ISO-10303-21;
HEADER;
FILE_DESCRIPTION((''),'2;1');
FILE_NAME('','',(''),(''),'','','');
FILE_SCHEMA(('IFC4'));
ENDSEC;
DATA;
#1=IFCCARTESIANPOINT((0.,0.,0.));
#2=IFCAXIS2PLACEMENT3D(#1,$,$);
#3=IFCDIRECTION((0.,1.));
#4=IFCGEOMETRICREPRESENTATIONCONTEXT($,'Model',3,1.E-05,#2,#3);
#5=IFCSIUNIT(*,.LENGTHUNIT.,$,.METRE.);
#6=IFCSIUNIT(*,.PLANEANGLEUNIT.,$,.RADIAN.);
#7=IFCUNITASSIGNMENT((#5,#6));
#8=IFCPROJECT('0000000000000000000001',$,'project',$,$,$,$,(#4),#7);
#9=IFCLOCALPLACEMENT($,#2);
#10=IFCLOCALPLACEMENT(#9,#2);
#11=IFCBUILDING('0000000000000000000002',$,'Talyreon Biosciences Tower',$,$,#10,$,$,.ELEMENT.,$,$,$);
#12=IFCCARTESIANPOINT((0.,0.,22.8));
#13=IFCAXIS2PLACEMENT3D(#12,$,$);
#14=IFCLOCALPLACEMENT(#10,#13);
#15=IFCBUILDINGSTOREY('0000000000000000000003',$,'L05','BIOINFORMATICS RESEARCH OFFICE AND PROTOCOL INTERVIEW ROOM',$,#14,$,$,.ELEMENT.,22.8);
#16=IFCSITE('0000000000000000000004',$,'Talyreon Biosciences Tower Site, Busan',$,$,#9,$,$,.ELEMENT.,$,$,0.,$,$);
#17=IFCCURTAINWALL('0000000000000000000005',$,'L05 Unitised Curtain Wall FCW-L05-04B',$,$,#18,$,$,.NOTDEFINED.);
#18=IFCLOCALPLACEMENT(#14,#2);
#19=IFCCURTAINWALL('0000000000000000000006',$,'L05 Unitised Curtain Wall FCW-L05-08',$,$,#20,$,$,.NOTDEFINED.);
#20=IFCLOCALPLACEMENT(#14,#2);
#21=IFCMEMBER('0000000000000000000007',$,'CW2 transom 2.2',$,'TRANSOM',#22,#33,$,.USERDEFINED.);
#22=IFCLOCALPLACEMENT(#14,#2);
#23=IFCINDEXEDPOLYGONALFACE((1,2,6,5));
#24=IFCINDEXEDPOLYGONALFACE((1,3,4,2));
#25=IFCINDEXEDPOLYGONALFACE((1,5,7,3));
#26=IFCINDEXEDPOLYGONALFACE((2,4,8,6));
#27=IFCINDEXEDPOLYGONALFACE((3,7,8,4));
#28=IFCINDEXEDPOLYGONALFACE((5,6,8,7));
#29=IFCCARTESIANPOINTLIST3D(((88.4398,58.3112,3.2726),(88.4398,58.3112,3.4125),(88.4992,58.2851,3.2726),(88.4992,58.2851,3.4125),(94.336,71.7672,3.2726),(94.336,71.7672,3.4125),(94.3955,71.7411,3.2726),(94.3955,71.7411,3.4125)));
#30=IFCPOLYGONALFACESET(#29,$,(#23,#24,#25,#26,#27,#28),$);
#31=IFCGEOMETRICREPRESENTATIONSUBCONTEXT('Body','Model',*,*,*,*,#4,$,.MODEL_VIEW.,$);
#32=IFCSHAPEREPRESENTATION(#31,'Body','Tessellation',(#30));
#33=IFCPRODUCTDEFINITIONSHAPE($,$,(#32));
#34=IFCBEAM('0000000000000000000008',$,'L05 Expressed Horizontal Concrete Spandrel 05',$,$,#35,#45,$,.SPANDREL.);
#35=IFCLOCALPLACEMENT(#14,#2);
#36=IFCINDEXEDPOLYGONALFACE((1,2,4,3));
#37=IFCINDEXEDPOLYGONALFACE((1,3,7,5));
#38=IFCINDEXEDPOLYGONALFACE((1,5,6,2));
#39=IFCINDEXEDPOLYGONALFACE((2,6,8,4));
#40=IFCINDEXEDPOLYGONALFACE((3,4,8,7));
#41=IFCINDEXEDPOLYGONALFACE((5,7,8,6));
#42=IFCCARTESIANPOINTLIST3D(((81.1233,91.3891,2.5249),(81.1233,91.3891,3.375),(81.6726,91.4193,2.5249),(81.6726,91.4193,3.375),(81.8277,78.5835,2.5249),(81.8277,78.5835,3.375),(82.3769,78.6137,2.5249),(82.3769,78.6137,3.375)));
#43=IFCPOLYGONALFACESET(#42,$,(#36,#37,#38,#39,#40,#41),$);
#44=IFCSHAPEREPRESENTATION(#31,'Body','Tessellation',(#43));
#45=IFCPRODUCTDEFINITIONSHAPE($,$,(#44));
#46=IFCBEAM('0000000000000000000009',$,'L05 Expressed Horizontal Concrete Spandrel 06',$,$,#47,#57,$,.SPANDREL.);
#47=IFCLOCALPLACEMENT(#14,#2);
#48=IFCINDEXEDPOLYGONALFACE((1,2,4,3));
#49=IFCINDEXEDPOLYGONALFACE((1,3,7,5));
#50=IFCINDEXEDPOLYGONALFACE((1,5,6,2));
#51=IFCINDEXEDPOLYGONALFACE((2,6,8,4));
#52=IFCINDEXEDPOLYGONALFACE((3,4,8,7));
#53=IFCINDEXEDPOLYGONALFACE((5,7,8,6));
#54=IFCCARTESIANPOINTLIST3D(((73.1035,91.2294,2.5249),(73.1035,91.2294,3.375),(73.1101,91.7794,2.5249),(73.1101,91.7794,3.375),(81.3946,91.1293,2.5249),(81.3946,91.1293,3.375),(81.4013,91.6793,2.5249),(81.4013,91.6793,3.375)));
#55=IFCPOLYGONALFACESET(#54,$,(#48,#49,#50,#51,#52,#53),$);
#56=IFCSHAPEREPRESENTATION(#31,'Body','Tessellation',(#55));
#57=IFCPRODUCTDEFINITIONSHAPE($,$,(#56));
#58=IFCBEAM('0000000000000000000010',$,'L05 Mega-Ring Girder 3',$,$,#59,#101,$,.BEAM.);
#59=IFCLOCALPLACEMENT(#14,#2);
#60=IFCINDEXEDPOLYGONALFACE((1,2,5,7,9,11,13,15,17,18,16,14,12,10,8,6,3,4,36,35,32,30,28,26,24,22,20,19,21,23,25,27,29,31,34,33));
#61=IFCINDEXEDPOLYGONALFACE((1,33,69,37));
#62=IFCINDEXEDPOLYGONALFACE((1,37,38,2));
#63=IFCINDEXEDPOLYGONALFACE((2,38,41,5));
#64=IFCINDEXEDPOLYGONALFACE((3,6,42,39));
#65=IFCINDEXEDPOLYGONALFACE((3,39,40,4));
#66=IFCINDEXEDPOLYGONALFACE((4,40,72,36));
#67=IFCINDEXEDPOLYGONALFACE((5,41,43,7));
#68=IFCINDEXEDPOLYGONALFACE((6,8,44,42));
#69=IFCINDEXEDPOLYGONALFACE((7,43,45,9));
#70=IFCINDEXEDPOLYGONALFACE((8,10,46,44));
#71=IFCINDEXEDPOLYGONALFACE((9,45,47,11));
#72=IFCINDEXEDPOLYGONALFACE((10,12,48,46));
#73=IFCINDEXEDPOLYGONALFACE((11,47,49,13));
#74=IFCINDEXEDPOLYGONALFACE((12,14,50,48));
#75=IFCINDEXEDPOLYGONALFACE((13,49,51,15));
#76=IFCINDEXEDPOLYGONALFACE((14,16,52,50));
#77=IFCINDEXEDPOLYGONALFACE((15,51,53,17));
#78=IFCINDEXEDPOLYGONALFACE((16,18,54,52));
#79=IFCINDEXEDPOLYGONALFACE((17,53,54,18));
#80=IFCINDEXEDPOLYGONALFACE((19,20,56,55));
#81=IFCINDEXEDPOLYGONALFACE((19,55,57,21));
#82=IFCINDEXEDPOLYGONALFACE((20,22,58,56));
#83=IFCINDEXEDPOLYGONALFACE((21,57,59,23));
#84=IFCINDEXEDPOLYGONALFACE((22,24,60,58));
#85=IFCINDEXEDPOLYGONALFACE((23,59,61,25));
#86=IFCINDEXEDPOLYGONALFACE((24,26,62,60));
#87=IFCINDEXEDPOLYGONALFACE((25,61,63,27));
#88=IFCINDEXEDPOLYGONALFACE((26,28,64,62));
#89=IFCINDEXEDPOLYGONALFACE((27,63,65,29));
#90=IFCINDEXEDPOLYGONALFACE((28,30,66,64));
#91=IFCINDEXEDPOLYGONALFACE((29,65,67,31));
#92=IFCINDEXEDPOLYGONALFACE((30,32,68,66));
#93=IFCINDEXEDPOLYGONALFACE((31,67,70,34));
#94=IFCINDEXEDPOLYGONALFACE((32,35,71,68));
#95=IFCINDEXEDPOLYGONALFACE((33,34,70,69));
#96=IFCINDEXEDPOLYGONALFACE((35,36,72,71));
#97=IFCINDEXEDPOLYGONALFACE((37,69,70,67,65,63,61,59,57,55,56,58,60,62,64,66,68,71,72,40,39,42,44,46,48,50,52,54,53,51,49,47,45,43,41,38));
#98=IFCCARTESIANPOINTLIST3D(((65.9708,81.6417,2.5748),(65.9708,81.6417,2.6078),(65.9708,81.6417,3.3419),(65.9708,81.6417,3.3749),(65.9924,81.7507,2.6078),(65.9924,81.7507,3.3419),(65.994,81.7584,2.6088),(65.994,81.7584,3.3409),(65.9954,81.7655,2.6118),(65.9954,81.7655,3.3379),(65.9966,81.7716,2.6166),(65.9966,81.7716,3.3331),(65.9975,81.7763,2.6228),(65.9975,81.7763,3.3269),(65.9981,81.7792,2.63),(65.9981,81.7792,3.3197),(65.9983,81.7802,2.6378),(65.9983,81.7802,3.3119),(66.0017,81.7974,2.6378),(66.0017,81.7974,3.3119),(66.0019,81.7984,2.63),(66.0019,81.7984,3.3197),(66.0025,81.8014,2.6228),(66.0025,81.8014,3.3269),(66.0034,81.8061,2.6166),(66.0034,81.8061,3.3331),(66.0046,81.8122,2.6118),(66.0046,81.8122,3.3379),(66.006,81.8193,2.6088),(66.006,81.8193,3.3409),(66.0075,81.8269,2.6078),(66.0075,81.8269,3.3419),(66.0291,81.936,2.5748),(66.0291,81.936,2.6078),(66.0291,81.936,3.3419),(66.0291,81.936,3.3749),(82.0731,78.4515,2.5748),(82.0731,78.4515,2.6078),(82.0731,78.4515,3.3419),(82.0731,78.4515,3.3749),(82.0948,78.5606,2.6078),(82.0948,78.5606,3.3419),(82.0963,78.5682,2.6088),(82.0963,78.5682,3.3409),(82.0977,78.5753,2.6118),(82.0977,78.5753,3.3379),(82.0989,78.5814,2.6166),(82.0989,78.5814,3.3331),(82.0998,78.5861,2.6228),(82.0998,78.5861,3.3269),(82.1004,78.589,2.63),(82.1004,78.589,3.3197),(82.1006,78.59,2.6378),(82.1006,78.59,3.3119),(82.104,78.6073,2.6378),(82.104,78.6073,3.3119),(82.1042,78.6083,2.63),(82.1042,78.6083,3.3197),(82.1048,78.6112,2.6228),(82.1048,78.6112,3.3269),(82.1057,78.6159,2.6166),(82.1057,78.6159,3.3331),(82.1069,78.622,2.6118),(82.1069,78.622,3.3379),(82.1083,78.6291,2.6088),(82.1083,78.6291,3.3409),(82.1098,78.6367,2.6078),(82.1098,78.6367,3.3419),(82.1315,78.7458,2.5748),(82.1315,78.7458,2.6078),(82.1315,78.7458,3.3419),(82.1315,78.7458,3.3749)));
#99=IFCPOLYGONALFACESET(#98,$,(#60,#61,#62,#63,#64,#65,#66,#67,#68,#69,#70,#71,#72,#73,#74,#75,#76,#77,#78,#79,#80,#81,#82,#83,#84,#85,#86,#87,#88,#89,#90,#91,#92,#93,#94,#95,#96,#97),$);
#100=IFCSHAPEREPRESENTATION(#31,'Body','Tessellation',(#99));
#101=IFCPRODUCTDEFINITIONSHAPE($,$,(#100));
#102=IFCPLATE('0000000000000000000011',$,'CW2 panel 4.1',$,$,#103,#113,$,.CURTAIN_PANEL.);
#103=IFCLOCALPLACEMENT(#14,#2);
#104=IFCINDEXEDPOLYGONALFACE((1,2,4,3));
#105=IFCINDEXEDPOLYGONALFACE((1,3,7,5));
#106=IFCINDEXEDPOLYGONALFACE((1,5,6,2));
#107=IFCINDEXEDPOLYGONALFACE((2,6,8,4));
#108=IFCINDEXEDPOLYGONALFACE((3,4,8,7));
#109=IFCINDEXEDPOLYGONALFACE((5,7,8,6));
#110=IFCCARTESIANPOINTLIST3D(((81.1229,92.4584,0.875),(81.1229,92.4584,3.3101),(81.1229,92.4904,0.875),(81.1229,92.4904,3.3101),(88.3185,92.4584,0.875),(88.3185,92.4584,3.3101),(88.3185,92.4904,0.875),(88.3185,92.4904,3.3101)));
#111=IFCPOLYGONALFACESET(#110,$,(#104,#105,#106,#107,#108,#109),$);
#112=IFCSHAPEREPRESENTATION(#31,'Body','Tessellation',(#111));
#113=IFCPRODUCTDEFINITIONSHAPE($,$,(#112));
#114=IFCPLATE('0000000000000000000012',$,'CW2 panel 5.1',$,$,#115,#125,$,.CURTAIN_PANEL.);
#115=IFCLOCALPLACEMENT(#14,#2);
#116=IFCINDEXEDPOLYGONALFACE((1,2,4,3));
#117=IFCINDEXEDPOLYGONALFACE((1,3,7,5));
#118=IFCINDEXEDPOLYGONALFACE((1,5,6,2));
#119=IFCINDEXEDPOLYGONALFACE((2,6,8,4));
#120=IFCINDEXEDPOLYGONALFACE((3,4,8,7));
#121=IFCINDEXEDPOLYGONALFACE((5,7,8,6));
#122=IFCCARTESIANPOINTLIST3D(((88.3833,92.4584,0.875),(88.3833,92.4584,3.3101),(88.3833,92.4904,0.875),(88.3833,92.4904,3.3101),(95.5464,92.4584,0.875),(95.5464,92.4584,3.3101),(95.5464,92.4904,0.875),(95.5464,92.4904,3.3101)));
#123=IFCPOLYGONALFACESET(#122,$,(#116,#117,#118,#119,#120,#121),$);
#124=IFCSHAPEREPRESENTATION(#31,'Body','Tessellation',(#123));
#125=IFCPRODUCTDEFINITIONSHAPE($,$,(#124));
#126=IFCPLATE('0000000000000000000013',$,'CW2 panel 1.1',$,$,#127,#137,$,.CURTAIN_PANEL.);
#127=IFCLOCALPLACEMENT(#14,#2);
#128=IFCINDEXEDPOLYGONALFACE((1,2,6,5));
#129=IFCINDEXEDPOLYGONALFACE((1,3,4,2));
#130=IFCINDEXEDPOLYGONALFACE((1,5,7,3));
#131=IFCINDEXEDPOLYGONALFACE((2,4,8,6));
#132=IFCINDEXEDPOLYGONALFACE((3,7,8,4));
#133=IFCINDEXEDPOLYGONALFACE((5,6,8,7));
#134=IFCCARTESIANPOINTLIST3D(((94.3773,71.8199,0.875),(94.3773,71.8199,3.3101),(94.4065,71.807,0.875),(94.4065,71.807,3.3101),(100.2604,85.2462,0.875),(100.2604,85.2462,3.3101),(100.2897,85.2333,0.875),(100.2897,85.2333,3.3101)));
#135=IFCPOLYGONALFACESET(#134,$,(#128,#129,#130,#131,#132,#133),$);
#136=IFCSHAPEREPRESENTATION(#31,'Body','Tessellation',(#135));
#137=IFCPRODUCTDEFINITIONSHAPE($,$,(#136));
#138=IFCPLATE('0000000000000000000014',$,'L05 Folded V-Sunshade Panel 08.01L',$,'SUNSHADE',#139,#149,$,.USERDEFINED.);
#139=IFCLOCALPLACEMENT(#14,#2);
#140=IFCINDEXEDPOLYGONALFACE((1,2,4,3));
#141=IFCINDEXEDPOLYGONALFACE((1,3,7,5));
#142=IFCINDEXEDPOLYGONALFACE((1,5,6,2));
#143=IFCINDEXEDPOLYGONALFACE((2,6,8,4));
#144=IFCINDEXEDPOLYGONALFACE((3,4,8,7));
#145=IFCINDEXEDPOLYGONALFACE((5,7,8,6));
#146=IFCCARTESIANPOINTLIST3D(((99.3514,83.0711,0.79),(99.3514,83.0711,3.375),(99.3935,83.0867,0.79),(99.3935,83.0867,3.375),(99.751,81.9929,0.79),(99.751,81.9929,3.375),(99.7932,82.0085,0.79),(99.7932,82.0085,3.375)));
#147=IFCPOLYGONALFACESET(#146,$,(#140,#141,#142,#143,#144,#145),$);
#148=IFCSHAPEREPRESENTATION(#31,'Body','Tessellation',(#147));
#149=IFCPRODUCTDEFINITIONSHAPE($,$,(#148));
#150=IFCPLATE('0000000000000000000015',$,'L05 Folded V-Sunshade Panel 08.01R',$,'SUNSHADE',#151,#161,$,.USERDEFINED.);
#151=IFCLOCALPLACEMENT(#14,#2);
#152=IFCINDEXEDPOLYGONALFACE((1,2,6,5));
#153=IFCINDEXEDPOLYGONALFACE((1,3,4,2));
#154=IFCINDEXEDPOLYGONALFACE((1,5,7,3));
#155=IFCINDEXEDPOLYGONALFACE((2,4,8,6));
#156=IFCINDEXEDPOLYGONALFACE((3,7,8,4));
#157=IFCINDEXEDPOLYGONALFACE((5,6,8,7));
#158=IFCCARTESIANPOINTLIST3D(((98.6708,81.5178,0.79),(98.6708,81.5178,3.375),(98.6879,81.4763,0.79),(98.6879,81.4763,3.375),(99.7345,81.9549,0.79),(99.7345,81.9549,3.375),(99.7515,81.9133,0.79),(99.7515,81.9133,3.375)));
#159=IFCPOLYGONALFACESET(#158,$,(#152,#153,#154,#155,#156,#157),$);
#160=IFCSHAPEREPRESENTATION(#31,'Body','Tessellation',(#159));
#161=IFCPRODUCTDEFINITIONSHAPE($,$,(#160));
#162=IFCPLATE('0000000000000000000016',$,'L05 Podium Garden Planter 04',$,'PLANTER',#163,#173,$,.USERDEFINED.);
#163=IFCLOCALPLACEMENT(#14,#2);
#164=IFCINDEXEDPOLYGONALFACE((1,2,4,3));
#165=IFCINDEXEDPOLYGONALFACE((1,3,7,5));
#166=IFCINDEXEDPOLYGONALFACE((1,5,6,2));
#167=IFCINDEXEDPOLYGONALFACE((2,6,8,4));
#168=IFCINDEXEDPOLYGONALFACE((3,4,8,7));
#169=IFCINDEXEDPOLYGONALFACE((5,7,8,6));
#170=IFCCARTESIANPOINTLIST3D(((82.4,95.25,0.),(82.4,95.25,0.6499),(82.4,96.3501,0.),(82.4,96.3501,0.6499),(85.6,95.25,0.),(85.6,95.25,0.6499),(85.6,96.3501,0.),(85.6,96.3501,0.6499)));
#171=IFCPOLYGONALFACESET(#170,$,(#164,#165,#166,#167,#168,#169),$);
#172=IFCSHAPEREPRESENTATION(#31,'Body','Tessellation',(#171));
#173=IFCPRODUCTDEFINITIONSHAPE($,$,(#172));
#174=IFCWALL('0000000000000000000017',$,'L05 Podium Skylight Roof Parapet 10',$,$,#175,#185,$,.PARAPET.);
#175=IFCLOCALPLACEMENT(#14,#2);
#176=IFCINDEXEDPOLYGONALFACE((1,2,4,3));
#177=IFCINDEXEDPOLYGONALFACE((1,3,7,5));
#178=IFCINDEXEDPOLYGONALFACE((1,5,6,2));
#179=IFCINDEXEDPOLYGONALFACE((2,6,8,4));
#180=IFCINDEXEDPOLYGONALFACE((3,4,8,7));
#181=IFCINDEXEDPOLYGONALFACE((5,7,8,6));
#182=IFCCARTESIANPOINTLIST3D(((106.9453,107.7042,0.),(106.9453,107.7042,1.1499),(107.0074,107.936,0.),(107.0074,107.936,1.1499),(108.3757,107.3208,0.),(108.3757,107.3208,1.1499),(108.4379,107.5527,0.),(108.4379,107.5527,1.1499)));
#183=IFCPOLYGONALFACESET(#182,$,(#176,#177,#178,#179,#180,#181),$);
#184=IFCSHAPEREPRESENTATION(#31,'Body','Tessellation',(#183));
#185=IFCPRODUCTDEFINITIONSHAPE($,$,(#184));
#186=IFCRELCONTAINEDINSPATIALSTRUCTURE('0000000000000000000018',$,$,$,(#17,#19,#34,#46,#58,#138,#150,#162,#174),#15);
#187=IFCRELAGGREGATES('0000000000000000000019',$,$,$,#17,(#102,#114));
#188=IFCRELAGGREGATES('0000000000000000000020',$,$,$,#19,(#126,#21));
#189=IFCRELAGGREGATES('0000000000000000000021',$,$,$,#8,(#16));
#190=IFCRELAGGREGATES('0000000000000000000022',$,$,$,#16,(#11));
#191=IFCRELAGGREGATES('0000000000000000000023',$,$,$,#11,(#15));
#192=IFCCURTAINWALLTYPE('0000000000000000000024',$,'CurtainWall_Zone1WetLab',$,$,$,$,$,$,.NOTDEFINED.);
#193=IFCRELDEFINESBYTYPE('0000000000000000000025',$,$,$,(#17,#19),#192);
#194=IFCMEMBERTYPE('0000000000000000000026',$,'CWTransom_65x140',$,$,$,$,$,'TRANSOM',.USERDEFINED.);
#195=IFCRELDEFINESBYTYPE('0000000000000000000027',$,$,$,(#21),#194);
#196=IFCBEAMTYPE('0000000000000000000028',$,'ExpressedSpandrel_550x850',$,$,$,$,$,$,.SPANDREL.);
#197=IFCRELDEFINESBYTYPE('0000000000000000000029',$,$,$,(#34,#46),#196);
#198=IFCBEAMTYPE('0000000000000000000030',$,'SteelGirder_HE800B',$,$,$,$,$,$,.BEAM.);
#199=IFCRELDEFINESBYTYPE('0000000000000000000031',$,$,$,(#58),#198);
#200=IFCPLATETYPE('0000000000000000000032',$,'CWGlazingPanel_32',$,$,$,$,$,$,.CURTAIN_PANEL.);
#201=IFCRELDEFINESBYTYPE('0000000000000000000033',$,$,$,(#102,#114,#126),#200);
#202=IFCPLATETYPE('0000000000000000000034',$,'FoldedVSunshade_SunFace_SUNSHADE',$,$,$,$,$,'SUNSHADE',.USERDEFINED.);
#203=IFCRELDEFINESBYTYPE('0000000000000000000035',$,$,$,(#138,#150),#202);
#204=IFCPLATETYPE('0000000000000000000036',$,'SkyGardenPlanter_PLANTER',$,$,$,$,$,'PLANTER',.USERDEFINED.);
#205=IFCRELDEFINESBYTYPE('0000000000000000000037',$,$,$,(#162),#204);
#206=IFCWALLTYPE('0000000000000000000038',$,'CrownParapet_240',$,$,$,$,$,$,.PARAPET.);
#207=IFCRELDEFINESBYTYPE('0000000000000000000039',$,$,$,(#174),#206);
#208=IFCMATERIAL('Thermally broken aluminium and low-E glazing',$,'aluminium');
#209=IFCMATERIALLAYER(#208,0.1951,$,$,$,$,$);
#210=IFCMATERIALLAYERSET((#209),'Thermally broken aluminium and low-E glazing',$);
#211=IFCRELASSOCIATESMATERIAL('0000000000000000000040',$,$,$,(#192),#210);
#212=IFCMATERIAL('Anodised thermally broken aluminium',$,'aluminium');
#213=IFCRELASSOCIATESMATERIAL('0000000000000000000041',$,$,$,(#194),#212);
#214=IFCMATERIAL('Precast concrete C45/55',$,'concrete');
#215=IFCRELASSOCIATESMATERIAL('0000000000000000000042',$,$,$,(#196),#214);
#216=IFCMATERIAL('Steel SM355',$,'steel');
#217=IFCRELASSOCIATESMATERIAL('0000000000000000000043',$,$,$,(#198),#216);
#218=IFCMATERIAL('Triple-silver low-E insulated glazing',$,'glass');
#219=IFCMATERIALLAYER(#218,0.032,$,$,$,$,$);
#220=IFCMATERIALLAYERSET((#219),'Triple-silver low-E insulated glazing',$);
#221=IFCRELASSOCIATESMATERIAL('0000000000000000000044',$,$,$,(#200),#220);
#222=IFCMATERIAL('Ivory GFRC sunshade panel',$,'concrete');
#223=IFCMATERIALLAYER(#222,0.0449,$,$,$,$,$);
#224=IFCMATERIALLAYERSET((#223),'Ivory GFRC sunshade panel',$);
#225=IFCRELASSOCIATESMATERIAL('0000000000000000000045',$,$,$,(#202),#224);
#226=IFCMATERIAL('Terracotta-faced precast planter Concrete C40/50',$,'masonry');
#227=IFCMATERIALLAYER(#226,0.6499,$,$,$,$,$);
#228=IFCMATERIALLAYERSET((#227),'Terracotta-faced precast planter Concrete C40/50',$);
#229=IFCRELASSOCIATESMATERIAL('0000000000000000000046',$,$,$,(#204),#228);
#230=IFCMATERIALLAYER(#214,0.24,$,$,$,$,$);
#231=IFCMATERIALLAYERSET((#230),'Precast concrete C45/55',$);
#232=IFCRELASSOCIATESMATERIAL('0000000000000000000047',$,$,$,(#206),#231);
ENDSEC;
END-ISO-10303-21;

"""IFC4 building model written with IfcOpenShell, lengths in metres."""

from ifc_helpers import new_model, si_unit, direction, frame, frame_2d, origin, origin_2d, place, context, subcontext, project, spatial, rectangle, i_section, extrude, material, layer, layer_set, material_profile, profile_set, type_object, element, aggregate, save


model = new_model("IFC4")

# Units and contexts
model_context = context("Model", 3, precision=1e-05, world=origin(), true_north=direction((0.0, 1.0)))
body_context = subcontext(model_context, "Body", "Model", "MODEL_VIEW")
ifc_project = project(units=[si_unit("LENGTHUNIT", "METRE"), si_unit("PLANEANGLEUNIT", "RADIAN")], contexts=[model_context])

# Site, building, storey
site_placement = place(None, origin())
site = spatial("IfcSite", under=ifc_project, at=site_placement, Name="Talyreon Biosciences Tower Site, Busan", CompositionType="ELEMENT", RefElevation=0.0)
building_placement = place(site_placement, origin())
building = spatial("IfcBuilding", under=site, at=building_placement, Name="Talyreon Biosciences Tower", CompositionType="ELEMENT")
storey_placement = place(building_placement, frame((0.0, 0.0, 22.8)))
storey = spatial("IfcBuildingStorey", under=building, at=storey_placement, Name="L05", Description="BIOINFORMATICS RESEARCH OFFICE AND PROTOCOL INTERVIEW ROOM", CompositionType="ELEMENT", Elevation=22.8)

# Curtain walls
ifc_material_1 = material(Name="Thermally broken aluminium and low-E glazing", Category="aluminium")
ifc_layer_1 = layer(ifc_material_1, 0.1951)
ifc_layer_set_1 = layer_set([ifc_layer_1], Name="Thermally broken aluminium and low-E glazing")
curtain_wall_type = type_object("IfcCurtainWallType", Name="CurtainWall_Zone1WetLab", PredefinedType="NOTDEFINED", material=ifc_layer_set_1)
curtain_wall_1_placement = place(storey_placement, origin())
curtain_wall_1 = element("IfcCurtainWall", 1, at=curtain_wall_1_placement, inside=storey, type_object=curtain_wall_type, Name="L05 Unitised Curtain Wall FCW-L05-04B", PredefinedType="NOTDEFINED")
ifc_material_2 = material(Name="Anodised thermally broken aluminium", Category="aluminium")
curtain_wall_2_placement = place(storey_placement, origin())
curtain_wall_2 = element("IfcCurtainWall", 2, at=curtain_wall_2_placement, inside=storey, type_object=curtain_wall_type, Name="L05 Unitised Curtain Wall FCW-L05-08", PredefinedType="NOTDEFINED")

# Member
ifc_material_profile_1 = material_profile(ifc_material_2, rectangle(XDim=0.0649, YDim=0.1399, at=origin_2d()), Name="ALUM TRANSOM 65x140")
ifc_profile_set_1 = profile_set([ifc_material_profile_1], Name="Anodised thermally broken aluminium")
member_type_1 = type_object("IfcMemberType", Name="CWTransom_65x140", ElementType="TRANSOM", PredefinedType="USERDEFINED", material=ifc_profile_set_1)
member_1_placement = place(storey_placement, frame((94.3657, 71.7542, 3.3425), z_axis=(-0.401345, -0.915927, 0.0), x_axis=(0.915927, -0.401345, 0.0)))
member_1 = element("IfcMember", 3, at=member_1_placement, type_object=member_type_1, Name="CW2 transom 2.2", ObjectType="TRANSOM", PredefinedType="USERDEFINED", context=body_context, shape_type="SweptSolid", body=[
    extrude(rectangle(XDim=0.0649, YDim=0.1399, at=origin_2d()), origin(), (0.0, 0.0, 1.0), 14.6912),
])

# Beams
ifc_material_3 = material(Name="Precast concrete C45/55", Category="concrete")
ifc_material_profile_2 = material_profile(ifc_material_3, rectangle(XDim=0.55, YDim=0.8501, at=origin_2d()), Name="RCB 550x850")
ifc_profile_set_2 = profile_set([ifc_material_profile_2], Name="Precast concrete C45/55")
beam_type_1 = type_object("IfcBeamType", Name="ExpressedSpandrel_550x850", PredefinedType="SPANDREL", material=ifc_profile_set_2)
beam_1_placement = place(storey_placement, frame((82.1023, 78.5986, 2.95), z_axis=(-0.05492, 0.998491, 0.0), x_axis=(-0.998491, -0.05492, 0.0)))
element("IfcBeam", 4, at=beam_1_placement, inside=storey, type_object=beam_type_1, Name="L05 Expressed Horizontal Concrete Spandrel 05", PredefinedType="SPANDREL", context=body_context, shape_type="SweptSolid", body=[
    extrude(rectangle(XDim=0.55, YDim=0.8501, at=origin_2d()), origin(), (0.0, 0.0, 1.0), 12.825),
])
beam_2_placement = place(storey_placement, frame((81.3979, 91.4043, 2.95), z_axis=(-0.999927, 0.012072, 0.0), x_axis=(-0.012072, -0.999927, 0.0)))
element("IfcBeam", 5, at=beam_2_placement, inside=storey, type_object=beam_type_1, Name="L05 Expressed Horizontal Concrete Spandrel 06", PredefinedType="SPANDREL", context=body_context, shape_type="SweptSolid", body=[
    extrude(rectangle(XDim=0.55, YDim=0.8501, at=origin_2d()), origin(), (0.0, 0.0, 1.0), 8.2917),
])
ifc_material_4 = material(Name="Steel SM355", Category="steel")
ifc_material_profile_3 = material_profile(ifc_material_4, i_section(OverallWidth=0.3, OverallDepth=0.8, WebThickness=0.0176, FlangeThickness=0.033, FilletRadius=0.03, at=origin_2d()), Name="HE800B")
ifc_profile_set_3 = profile_set([ifc_material_profile_3], Name="Steel SM355")
beam_type_2 = type_object("IfcBeamType", Name="SteelGirder_HE800B", PredefinedType="BEAM", material=ifc_profile_set_3)
beam_3_placement = place(storey_placement, frame((82.1023, 78.5986, 2.9749), z_axis=(-0.980934, 0.194343, 0.0), x_axis=(-0.194343, -0.980934, 0.0)))
element("IfcBeam", 6, at=beam_3_placement, inside=storey, type_object=beam_type_2, Name="L05 Mega-Ring Girder 3", PredefinedType="BEAM", context=body_context, shape_type="SweptSolid", body=[
    extrude(i_section(OverallWidth=0.3, OverallDepth=0.8, WebThickness=0.0176, FlangeThickness=0.033, FilletRadius=0.03, at=origin_2d()), origin(), (0.0, 0.0, 1.0), 16.4153),
])

# Plates
ifc_material_5 = material(Name="Triple-silver low-E insulated glazing", Category="glass")
ifc_layer_2 = layer(ifc_material_5, 0.032)
ifc_layer_set_2 = layer_set([ifc_layer_2], Name="Triple-silver low-E insulated glazing")
plate_type_1 = type_object("IfcPlateType", Name="CWGlazingPanel_32", PredefinedType="CURTAIN_PANEL", material=ifc_layer_set_2)
plate_1_placement = place(storey_placement, frame((84.7207, 92.4744, 0.875), z_axis=(0.0, 0.0, 1.0), x_axis=(1.0, 0.0, 0.0)))
plate_1 = element("IfcPlate", 7, at=plate_1_placement, type_object=plate_type_1, Name="CW2 panel 4.1", PredefinedType="CURTAIN_PANEL", context=body_context, shape_type="SweptSolid", body=[
    extrude(rectangle(XDim=7.1956, YDim=0.032, at=origin_2d()), origin(), (0.0, 0.0, 1.0), 2.4351),
])
plate_2_placement = place(storey_placement, frame((91.9648, 92.4744, 0.875), z_axis=(0.0, 0.0, 1.0), x_axis=(1.0, 0.0, 0.0)))
plate_2 = element("IfcPlate", 8, at=plate_2_placement, type_object=plate_type_1, Name="CW2 panel 5.1", PredefinedType="CURTAIN_PANEL", context=body_context, shape_type="SweptSolid", body=[
    extrude(rectangle(XDim=7.1631, YDim=0.032, at=origin_2d()), origin(), (0.0, 0.0, 1.0), 2.4351),
])
aggregate(curtain_wall_1, [plate_1, plate_2])
plate_3_placement = place(storey_placement, frame((97.3335, 78.5266, 0.875), z_axis=(0.0, 0.0, 1.0), x_axis=(-0.401345, -0.915927, 0.0)))
plate_3 = element("IfcPlate", 9, at=plate_3_placement, type_object=plate_type_1, Name="CW2 panel 1.1", PredefinedType="CURTAIN_PANEL", context=body_context, shape_type="SweptSolid", body=[
    extrude(rectangle(XDim=14.6587, YDim=0.032, at=origin_2d()), origin(), (0.0, 0.0, 1.0), 2.4351),
])
aggregate(curtain_wall_2, [plate_3, member_1])

# Plates
ifc_material_6 = material(Name="Ivory GFRC sunshade panel", Category="concrete")
ifc_layer_3 = layer(ifc_material_6, 0.0449)
ifc_layer_set_3 = layer_set([ifc_layer_3], Name="Ivory GFRC sunshade panel")
plate_type_2 = type_object("IfcPlateType", Name="FoldedVSunshade_SunFace_SUNSHADE", ElementType="SUNSHADE", PredefinedType="USERDEFINED", material=ifc_layer_set_3)
for number, where, z_axis, x_axis, name in (
    (10, (99.5723, 82.5398, 0.79), (0.0, 0.0, 1.0), (0.347558, -0.937659, 0.0), "L05 Folded V-Sunshade Panel 08.01L"),
    (11, (99.2112, 81.7156, 0.79), (0.0, 0.0, 1.0), (-0.924958, -0.38007, 0.0), "L05 Folded V-Sunshade Panel 08.01R"),
):
    element("IfcPlate", number, at=place(storey_placement, frame(where, z_axis=z_axis, x_axis=x_axis)), inside=storey, type_object=plate_type_2, Name=name, ObjectType="SUNSHADE", PredefinedType="USERDEFINED", context=body_context, shape_type="SweptSolid", body=[
        extrude(rectangle(XDim=1.1499, YDim=0.0449, at=origin_2d()), origin(), (0.0, 0.0, 1.0), 2.585),
    ])
ifc_material_7 = material(Name="Terracotta-faced precast planter Concrete C40/50", Category="masonry")
ifc_layer_4 = layer(ifc_material_7, 0.6499)
ifc_layer_set_4 = layer_set([ifc_layer_4], Name="Terracotta-faced precast planter Concrete C40/50")
plate_type_3 = type_object("IfcPlateType", Name="SkyGardenPlanter_PLANTER", ElementType="PLANTER", PredefinedType="USERDEFINED", material=ifc_layer_set_4)
plate_4_placement = place(storey_placement, frame((84.0, 95.8, 0.0), z_axis=(0.0, 0.0, 1.0), x_axis=(1.0, 0.0, 0.0)))
element("IfcPlate", 12, at=plate_4_placement, inside=storey, type_object=plate_type_3, Name="L05 Podium Garden Planter 04", ObjectType="PLANTER", PredefinedType="USERDEFINED", context=body_context, shape_type="SweptSolid", body=[
    extrude(rectangle(XDim=3.2, YDim=1.1001, at=origin_2d()), origin(), (0.0, 0.0, 1.0), 0.6499),
])

# Wall
ifc_layer_5 = layer(ifc_material_3, 0.24)
ifc_layer_set_5 = layer_set([ifc_layer_5], Name="Precast concrete C45/55")
wall_type_1 = type_object("IfcWallType", Name="CrownParapet_240", PredefinedType="PARAPET", material=ifc_layer_set_5)
wall_1_placement = place(storey_placement, frame((106.9763, 107.8201, 0.0), z_axis=(0.0, 0.0, 1.0), x_axis=(0.965922, -0.258832, 0.0)))
element("IfcWall", 13, at=wall_1_placement, inside=storey, type_object=wall_type_1, Name="L05 Podium Skylight Roof Parapet 10", PredefinedType="PARAPET", context=body_context, shape_type="SweptSolid", body=[
    extrude(rectangle(XDim=1.481, YDim=0.24, at=frame_2d((0.7405, 0.0))), origin(), (0.0, 0.0, 1.0), 1.1499),
])

save(model, "model.ifc")
